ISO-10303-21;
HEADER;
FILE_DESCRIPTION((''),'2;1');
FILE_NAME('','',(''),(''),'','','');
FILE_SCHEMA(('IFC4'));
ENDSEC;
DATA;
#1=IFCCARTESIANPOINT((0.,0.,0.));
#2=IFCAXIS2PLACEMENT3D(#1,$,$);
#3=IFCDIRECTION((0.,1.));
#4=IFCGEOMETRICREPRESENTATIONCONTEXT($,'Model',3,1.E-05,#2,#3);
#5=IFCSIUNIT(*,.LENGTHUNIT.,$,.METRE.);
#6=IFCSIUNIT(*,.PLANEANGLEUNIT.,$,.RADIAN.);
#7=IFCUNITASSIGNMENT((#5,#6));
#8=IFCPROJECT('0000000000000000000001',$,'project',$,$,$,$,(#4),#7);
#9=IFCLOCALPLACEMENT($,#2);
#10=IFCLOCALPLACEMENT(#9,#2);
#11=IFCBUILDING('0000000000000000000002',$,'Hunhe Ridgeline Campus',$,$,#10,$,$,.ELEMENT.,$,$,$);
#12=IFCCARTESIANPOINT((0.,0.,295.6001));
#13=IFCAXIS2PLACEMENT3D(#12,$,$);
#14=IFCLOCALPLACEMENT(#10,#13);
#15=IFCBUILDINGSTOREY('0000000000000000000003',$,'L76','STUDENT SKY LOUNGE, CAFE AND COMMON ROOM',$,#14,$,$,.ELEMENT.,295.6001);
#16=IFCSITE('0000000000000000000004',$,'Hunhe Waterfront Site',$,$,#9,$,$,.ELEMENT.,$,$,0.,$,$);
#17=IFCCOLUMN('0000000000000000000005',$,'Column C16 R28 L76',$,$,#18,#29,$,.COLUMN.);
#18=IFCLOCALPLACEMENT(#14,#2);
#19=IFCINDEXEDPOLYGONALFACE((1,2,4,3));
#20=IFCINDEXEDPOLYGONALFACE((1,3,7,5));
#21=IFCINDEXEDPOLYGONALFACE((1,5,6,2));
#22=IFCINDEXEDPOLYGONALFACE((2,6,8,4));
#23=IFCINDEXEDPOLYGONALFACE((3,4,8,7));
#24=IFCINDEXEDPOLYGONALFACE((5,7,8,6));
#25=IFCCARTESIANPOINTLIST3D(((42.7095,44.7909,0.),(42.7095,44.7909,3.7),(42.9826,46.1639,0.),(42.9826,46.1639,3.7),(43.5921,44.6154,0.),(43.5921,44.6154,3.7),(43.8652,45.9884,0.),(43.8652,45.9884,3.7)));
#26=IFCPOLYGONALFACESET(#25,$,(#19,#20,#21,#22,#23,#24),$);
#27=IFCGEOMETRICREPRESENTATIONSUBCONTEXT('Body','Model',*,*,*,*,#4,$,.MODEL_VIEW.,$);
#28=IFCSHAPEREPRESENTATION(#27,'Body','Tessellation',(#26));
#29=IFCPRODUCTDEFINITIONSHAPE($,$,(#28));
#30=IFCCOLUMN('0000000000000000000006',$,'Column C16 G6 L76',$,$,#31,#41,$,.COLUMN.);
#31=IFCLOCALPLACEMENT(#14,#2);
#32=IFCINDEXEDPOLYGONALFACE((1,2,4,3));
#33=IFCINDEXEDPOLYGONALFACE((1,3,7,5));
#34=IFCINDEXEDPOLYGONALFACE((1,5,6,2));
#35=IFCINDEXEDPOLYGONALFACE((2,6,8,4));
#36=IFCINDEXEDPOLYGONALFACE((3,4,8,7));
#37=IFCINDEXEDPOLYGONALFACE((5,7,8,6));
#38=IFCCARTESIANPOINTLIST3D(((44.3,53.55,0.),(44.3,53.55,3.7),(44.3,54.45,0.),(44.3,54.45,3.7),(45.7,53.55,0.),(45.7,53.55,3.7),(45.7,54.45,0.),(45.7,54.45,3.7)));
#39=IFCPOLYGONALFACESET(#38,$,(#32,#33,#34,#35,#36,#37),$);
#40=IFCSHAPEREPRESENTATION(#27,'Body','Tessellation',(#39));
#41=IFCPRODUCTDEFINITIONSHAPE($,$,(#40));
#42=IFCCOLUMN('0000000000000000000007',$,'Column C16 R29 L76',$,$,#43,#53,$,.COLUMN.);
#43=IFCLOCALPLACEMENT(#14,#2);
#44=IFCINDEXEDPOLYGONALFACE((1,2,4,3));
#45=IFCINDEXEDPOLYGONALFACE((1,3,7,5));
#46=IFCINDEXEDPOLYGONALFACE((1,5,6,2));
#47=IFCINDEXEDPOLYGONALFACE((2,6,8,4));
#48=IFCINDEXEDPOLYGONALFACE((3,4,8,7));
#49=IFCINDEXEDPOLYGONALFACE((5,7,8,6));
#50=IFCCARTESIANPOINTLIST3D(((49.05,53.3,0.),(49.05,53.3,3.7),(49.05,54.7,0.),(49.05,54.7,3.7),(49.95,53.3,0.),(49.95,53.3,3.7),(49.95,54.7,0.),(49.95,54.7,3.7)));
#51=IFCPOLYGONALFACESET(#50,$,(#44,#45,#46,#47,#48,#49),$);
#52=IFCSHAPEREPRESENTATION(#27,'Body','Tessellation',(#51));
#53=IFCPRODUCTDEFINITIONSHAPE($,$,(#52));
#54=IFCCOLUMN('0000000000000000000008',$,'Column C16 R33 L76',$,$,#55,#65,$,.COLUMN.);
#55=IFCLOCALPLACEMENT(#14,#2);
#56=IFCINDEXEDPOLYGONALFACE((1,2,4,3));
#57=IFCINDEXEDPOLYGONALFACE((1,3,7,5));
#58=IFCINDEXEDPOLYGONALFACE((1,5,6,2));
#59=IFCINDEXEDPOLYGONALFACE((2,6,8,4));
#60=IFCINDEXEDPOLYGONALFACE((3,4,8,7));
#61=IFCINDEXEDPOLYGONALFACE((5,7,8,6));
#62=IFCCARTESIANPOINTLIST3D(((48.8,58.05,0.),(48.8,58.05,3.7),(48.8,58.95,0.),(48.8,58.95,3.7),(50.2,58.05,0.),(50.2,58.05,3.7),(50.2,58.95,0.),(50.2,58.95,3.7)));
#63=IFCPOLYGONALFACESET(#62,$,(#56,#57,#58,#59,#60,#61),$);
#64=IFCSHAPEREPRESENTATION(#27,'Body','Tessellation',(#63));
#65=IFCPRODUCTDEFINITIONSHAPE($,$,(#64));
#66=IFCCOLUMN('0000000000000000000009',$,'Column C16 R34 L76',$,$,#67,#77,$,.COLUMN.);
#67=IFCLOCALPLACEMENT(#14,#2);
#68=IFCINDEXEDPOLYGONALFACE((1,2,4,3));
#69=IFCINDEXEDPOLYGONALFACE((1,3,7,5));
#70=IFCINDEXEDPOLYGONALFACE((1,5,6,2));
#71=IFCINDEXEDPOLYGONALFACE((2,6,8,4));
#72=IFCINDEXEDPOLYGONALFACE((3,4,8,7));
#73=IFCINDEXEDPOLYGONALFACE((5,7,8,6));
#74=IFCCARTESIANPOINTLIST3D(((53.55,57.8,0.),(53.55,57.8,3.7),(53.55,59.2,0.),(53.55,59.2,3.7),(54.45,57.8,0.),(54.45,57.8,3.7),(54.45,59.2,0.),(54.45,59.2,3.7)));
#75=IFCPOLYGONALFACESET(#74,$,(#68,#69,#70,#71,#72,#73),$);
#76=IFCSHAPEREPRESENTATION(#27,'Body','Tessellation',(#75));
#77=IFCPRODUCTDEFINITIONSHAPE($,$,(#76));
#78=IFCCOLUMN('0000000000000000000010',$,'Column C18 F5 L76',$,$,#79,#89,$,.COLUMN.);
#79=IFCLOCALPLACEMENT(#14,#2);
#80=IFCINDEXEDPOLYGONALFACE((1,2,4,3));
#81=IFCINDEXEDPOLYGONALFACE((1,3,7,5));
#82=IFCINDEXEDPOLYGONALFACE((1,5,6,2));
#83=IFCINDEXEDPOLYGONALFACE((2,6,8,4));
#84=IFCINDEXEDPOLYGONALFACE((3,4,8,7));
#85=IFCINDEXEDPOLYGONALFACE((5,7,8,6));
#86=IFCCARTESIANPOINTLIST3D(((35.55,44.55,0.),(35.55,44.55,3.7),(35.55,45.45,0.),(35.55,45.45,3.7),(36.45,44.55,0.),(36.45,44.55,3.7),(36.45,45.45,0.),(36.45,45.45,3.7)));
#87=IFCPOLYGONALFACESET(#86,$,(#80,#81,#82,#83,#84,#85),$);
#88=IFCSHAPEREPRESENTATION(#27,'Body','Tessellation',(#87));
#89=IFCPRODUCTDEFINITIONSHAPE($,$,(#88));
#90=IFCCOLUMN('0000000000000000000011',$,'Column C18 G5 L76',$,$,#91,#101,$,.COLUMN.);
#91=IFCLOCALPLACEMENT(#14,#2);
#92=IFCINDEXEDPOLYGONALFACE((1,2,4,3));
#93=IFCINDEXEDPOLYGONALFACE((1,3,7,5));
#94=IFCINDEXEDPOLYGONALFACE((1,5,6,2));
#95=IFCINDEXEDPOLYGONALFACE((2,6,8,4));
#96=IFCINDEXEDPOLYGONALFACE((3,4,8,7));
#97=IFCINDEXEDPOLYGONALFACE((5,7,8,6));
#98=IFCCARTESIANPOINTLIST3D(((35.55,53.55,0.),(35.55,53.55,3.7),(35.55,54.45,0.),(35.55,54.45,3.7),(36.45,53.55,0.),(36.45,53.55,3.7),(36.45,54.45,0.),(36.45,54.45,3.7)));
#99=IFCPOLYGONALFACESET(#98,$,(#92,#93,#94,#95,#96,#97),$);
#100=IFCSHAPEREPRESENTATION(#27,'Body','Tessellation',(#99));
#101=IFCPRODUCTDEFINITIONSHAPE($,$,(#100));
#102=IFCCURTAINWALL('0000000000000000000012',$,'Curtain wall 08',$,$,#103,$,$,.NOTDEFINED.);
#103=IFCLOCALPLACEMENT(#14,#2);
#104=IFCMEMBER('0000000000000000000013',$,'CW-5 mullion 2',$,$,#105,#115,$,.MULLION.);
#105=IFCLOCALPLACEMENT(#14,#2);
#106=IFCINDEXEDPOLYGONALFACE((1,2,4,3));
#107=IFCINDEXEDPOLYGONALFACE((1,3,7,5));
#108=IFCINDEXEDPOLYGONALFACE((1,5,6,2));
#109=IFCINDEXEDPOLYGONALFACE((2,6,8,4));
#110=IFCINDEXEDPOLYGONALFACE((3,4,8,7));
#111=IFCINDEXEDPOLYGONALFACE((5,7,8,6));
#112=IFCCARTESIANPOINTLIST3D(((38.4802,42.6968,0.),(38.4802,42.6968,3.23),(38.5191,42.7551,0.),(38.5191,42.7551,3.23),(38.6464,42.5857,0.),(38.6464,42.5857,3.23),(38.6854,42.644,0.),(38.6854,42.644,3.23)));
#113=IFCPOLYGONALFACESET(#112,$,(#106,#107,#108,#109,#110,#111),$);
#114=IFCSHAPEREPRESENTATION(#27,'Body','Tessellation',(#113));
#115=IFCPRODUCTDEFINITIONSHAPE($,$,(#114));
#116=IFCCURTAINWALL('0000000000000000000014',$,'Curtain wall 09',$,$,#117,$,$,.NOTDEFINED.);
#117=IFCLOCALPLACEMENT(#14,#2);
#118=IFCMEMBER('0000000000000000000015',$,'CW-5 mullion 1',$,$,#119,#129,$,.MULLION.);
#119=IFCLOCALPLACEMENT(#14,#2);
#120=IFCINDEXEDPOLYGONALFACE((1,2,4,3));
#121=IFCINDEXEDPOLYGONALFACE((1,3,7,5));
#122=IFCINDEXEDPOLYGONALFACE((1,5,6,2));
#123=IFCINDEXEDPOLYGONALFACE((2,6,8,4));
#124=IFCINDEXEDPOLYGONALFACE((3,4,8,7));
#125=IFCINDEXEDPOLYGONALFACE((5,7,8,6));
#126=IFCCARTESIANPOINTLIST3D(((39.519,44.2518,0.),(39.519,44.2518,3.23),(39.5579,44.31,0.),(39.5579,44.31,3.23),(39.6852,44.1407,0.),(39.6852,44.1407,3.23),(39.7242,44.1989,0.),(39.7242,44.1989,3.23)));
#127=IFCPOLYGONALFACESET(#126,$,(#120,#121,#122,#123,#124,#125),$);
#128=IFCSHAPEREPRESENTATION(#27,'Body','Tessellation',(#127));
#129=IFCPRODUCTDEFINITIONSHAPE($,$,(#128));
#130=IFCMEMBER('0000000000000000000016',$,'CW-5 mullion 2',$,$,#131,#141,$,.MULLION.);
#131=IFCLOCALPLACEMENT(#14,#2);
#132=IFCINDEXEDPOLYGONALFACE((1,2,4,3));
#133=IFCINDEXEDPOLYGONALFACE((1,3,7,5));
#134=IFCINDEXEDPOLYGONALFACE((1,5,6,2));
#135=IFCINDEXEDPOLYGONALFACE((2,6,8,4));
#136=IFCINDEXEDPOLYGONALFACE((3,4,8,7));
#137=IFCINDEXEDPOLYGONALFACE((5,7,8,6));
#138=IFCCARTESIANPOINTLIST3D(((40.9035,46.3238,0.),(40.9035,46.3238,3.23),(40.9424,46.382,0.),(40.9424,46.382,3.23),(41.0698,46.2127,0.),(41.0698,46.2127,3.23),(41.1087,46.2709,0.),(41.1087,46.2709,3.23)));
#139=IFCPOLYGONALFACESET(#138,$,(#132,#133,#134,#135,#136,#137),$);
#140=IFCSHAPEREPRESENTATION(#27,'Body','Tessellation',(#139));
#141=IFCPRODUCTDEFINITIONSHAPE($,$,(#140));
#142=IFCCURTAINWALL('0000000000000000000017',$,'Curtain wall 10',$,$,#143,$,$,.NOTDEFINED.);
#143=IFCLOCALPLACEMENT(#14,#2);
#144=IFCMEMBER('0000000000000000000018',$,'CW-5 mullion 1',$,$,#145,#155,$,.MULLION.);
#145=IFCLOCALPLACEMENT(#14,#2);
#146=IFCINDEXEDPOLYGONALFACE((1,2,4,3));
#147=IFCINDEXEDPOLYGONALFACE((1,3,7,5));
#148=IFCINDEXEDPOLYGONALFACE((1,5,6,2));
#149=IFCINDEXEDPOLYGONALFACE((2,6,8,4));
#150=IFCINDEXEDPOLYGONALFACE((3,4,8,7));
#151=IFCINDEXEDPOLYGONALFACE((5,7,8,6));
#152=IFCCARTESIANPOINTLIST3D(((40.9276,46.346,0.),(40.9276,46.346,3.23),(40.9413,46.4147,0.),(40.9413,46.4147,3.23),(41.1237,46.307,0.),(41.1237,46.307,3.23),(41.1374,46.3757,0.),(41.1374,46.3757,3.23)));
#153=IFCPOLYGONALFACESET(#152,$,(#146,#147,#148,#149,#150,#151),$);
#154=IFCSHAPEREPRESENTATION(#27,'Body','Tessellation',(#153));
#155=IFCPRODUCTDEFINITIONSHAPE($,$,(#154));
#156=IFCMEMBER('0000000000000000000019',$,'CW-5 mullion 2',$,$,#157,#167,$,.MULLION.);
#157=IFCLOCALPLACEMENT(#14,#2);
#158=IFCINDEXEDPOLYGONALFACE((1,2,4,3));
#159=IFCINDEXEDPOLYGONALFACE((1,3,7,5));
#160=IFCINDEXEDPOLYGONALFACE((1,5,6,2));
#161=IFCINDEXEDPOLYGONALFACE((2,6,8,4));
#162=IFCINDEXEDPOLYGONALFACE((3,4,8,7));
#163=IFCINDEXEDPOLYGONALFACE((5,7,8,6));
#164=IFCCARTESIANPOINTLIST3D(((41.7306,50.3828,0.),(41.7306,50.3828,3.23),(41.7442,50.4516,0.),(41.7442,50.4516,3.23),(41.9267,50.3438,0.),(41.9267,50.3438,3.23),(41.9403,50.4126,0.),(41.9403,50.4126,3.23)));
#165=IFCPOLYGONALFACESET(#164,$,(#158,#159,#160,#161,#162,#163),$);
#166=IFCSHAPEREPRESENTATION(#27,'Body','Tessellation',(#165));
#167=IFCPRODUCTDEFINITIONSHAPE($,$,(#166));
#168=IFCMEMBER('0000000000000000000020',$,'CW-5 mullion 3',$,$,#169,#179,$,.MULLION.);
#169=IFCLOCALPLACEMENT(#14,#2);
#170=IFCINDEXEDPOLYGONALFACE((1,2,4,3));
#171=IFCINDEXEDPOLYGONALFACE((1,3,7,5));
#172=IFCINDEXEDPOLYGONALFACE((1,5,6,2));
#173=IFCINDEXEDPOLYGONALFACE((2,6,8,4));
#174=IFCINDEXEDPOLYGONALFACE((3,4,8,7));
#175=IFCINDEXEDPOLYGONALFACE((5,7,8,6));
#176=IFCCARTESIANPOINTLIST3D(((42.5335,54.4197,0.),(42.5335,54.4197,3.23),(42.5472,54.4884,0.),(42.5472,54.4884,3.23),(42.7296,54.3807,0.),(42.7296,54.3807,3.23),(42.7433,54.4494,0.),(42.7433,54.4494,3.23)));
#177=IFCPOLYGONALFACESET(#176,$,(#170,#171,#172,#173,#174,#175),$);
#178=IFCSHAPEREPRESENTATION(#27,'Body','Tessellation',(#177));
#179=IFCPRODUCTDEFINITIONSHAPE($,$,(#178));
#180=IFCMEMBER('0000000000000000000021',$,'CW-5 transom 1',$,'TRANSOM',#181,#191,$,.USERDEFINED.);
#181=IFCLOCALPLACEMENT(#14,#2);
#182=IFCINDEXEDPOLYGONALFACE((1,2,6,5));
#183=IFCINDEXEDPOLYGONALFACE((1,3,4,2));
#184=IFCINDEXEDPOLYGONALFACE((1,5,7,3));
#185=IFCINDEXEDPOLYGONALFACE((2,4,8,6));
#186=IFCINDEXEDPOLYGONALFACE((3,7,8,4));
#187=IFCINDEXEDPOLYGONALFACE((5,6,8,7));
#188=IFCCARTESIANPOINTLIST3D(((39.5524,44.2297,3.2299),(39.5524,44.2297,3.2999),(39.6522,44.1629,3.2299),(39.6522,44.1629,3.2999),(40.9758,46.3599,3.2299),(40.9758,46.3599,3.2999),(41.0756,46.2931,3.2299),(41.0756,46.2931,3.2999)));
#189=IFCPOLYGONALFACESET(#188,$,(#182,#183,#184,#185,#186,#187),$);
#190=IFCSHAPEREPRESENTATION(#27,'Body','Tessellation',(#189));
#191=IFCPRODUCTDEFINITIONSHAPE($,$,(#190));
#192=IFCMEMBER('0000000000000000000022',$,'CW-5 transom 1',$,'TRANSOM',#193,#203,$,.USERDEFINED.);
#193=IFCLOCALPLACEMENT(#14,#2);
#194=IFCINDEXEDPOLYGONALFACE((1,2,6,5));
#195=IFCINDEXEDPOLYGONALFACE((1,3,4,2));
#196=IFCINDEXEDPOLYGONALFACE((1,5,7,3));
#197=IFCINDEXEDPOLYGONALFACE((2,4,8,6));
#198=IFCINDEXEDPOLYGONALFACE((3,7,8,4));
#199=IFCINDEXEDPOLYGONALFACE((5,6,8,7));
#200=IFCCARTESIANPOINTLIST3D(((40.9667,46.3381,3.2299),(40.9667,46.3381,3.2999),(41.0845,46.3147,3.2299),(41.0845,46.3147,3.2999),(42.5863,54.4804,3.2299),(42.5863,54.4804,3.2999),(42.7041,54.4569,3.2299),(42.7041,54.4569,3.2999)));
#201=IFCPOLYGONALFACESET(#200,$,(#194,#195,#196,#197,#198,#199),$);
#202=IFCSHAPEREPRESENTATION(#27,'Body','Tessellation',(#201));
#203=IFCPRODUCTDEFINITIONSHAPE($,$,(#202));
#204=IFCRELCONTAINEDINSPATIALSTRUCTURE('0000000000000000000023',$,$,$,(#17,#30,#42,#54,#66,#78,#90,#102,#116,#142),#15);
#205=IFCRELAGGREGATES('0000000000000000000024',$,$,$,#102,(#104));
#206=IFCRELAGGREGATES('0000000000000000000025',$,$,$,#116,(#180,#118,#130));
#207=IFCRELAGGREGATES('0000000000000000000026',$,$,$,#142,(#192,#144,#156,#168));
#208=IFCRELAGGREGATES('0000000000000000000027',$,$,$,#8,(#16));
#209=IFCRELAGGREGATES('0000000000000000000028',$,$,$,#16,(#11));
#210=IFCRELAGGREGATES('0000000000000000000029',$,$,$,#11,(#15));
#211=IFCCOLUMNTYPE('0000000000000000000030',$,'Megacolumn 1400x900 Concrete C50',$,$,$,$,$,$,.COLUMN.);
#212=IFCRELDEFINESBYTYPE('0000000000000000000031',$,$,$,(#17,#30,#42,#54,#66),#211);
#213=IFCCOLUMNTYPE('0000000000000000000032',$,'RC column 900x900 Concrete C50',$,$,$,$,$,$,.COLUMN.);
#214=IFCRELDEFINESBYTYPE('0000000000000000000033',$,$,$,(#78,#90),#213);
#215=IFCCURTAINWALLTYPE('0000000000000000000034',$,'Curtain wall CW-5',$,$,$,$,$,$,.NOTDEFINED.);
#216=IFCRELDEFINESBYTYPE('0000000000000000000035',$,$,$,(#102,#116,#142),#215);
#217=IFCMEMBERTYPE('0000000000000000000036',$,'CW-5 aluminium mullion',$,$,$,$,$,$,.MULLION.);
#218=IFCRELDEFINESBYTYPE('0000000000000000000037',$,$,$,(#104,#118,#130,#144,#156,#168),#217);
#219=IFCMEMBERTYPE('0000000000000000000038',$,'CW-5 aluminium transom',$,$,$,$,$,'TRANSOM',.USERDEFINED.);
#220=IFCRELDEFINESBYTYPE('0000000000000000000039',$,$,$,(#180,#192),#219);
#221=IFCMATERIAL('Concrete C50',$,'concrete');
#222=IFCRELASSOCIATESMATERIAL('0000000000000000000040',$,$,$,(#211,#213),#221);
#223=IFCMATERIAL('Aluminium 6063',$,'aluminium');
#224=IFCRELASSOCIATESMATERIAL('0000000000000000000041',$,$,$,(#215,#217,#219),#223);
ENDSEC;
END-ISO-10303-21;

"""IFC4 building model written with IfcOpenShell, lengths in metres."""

from ifc_helpers import new_model, si_unit, direction, frame, origin, origin_2d, place, context, subcontext, project, spatial, rectangle, extrude, material, material_profile, profile_set, type_object, element, aggregate, save


model = new_model("IFC4")

# Units and contexts
model_context = context("Model", 3, precision=1e-05, world=origin(), true_north=direction((0.0, 1.0)))
body_context = subcontext(model_context, "Body", "Model", "MODEL_VIEW")
ifc_project = project(units=[si_unit("LENGTHUNIT", "METRE"), si_unit("PLANEANGLEUNIT", "RADIAN")], contexts=[model_context])

# Site, building, storey
site_placement = place(None, origin())
site = spatial("IfcSite", under=ifc_project, at=site_placement, Name="Hunhe Waterfront Site", CompositionType="ELEMENT", RefElevation=0.0)
building_placement = place(site_placement, origin())
building = spatial("IfcBuilding", under=site, at=building_placement, Name="Hunhe Ridgeline Campus", CompositionType="ELEMENT")
storey_placement = place(building_placement, frame((0.0, 0.0, 295.6001)))
storey = spatial("IfcBuildingStorey", under=building, at=storey_placement, Name="L76", Description="STUDENT SKY LOUNGE, CAFE AND COMMON ROOM", CompositionType="ELEMENT", Elevation=295.6001)

# Columns
ifc_material_1 = material(Name="Concrete C50", Category="concrete")
ifc_material_profile_1 = material_profile(ifc_material_1, rectangle(XDim=1.3999, YDim=0.8999, at=origin_2d()))
ifc_profile_set_1 = profile_set([ifc_material_profile_1], Name="Concrete C50")
column_type_1 = type_object("IfcColumnType", Name="Megacolumn 1400x900 Concrete C50", PredefinedType="COLUMN", material=ifc_profile_set_1)
for number, where, z_axis, x_axis, name in (
    (1, (43.2874, 45.3896, 0.0), (0.0, 0.0, 1.0), (0.19509, 0.980785, 0.0), "Column C16 R28 L76"),
    (2, (45.0, 54.0, 0.0), (0.0, 0.0, 1.0), (1.0, 0.0, 0.0), "Column C16 G6 L76"),
    (3, (49.5, 54.0, 0.0), (0.0, 0.0, 1.0), (0.0, 1.0, 0.0), "Column C16 R29 L76"),
    (4, (49.5, 58.5, 0.0), (0.0, 0.0, 1.0), (1.0, 0.0, 0.0), "Column C16 R33 L76"),
    (5, (54.0, 58.5, 0.0), (0.0, 0.0, 1.0), (0.0, 1.0, 0.0), "Column C16 R34 L76"),
):
    element("IfcColumn", number, at=place(storey_placement, frame(where, z_axis=z_axis, x_axis=x_axis)), inside=storey, type_object=column_type_1, Name=name, PredefinedType="COLUMN", context=body_context, shape_type="SweptSolid", body=[
        extrude(rectangle(XDim=1.3999, YDim=0.8999, at=origin_2d()), origin(), (0.0, 0.0, 1.0), 3.7),
    ])
ifc_material_profile_2 = material_profile(ifc_material_1, rectangle(XDim=0.8999, YDim=0.8999, at=origin_2d()))
ifc_profile_set_2 = profile_set([ifc_material_profile_2], Name="Concrete C50")
column_type_2 = type_object("IfcColumnType", Name="RC column 900x900 Concrete C50", PredefinedType="COLUMN", material=ifc_profile_set_2)
for number, where, z_axis, x_axis, name in (
    (6, (36.0, 45.0, 0.0), (0.0, 0.0, 1.0), (1.0, 0.0, 0.0), "Column C18 F5 L76"),
    (7, (36.0, 54.0, 0.0), (0.0, 0.0, 1.0), (1.0, 0.0, 0.0), "Column C18 G5 L76"),
):
    element("IfcColumn", number, at=place(storey_placement, frame(where, z_axis=z_axis, x_axis=x_axis)), inside=storey, type_object=column_type_2, Name=name, PredefinedType="COLUMN", context=body_context, shape_type="SweptSolid", body=[
        extrude(rectangle(XDim=0.8999, YDim=0.8999, at=origin_2d()), origin(), (0.0, 0.0, 1.0), 3.7),
    ])

# Curtain wall, member
ifc_material_2 = material(Name="Aluminium 6063", Category="aluminium")
curtain_wall_type = type_object("IfcCurtainWallType", Name="Curtain wall CW-5", PredefinedType="NOTDEFINED", material=ifc_material_2)
curtain_wall_1_placement = place(storey_placement, origin())
curtain_wall_1 = element("IfcCurtainWall", 8, at=curtain_wall_1_placement, inside=storey, type_object=curtain_wall_type, Name="Curtain wall 08", PredefinedType="NOTDEFINED")
ifc_material_profile_3 = material_profile(ifc_material_2, rectangle(XDim=0.2, YDim=0.0701, at=origin_2d()))
ifc_profile_set_3 = profile_set([ifc_material_profile_3], Name="Aluminium 6063")
member_type_1 = type_object("IfcMemberType", Name="CW-5 aluminium mullion", PredefinedType="MULLION", material=ifc_profile_set_3)
member_1_placement = place(storey_placement, frame((38.5828, 42.6704, 0.0), z_axis=(0.0, 0.0, 1.0), x_axis=(-0.83147, 0.55557, 0.0)))
member_1 = element("IfcMember", 9, at=member_1_placement, type_object=member_type_1, Name="CW-5 mullion 2", PredefinedType="MULLION", context=body_context, shape_type="SweptSolid", body=[
    extrude(rectangle(XDim=0.2, YDim=0.0701, at=origin_2d()), origin(), (0.0, 0.0, 1.0), 3.23),
])
aggregate(curtain_wall_1, [member_1])

# Curtain walls, members
curtain_wall_2_placement = place(storey_placement, origin())
curtain_wall_2 = element("IfcCurtainWall", 10, at=curtain_wall_2_placement, inside=storey, type_object=curtain_wall_type, Name="Curtain wall 09", PredefinedType="NOTDEFINED")
member_2_placement = place(storey_placement, frame((39.6216, 44.2253, 0.0), z_axis=(0.0, 0.0, 1.0), x_axis=(-0.83147, 0.55557, 0.0)))
member_2 = element("IfcMember", 11, at=member_2_placement, type_object=member_type_1, Name="CW-5 mullion 1", PredefinedType="MULLION", context=body_context, shape_type="SweptSolid", body=[
    extrude(rectangle(XDim=0.2, YDim=0.0701, at=origin_2d()), origin(), (0.0, 0.0, 1.0), 3.23),
])
member_3_placement = place(storey_placement, frame((41.0061, 46.2974, 0.0), z_axis=(0.0, 0.0, 1.0), x_axis=(-0.83147, 0.55557, 0.0)))
member_3 = element("IfcMember", 12, at=member_3_placement, type_object=member_type_1, Name="CW-5 mullion 2", PredefinedType="MULLION", context=body_context, shape_type="SweptSolid", body=[
    extrude(rectangle(XDim=0.2, YDim=0.0701, at=origin_2d()), origin(), (0.0, 0.0, 1.0), 3.23),
])
curtain_wall_3_placement = place(storey_placement, origin())
curtain_wall_3 = element("IfcCurtainWall", 13, at=curtain_wall_3_placement, inside=storey, type_object=curtain_wall_type, Name="Curtain wall 10", PredefinedType="NOTDEFINED")
member_4_placement = place(storey_placement, frame((41.0325, 46.3608, 0.0), z_axis=(0.0, 0.0, 1.0), x_axis=(-0.980783, 0.195104, 0.0)))
member_4 = element("IfcMember", 14, at=member_4_placement, type_object=member_type_1, Name="CW-5 mullion 1", PredefinedType="MULLION", context=body_context, shape_type="SweptSolid", body=[
    extrude(rectangle(XDim=0.2, YDim=0.0701, at=origin_2d()), origin(), (0.0, 0.0, 1.0), 3.23),
])
member_5_placement = place(storey_placement, frame((41.8354, 50.3977, 0.0), z_axis=(0.0, 0.0, 1.0), x_axis=(-0.980783, 0.195104, 0.0)))
member_5 = element("IfcMember", 15, at=member_5_placement, type_object=member_type_1, Name="CW-5 mullion 2", PredefinedType="MULLION", context=body_context, shape_type="SweptSolid", body=[
    extrude(rectangle(XDim=0.2, YDim=0.0701, at=origin_2d()), origin(), (0.0, 0.0, 1.0), 3.23),
])
member_6_placement = place(storey_placement, frame((42.6384, 54.4346, 0.0), z_axis=(0.0, 0.0, 1.0), x_axis=(-0.980783, 0.195104, 0.0)))
member_6 = element("IfcMember", 16, at=member_6_placement, type_object=member_type_1, Name="CW-5 mullion 3", PredefinedType="MULLION", context=body_context, shape_type="SweptSolid", body=[
    extrude(rectangle(XDim=0.2, YDim=0.0701, at=origin_2d()), origin(), (0.0, 0.0, 1.0), 3.23),
])

# Members
ifc_material_profile_4 = material_profile(ifc_material_2, rectangle(XDim=0.1201, YDim=0.0701, at=origin_2d()))
ifc_profile_set_4 = profile_set([ifc_material_profile_4], Name="Aluminium 6063")
member_type_2 = type_object("IfcMemberType", Name="CW-5 aluminium transom", ElementType="TRANSOM", PredefinedType="USERDEFINED", material=ifc_profile_set_4)
member_7_placement = place(storey_placement, frame((39.6023, 44.1963, 3.2649), z_axis=(0.55558, 0.831463, 0.0), x_axis=(-0.831463, 0.55558, 0.0)))
member_7 = element("IfcMember", 17, at=member_7_placement, type_object=member_type_2, Name="CW-5 transom 1", ObjectType="TRANSOM", PredefinedType="USERDEFINED", context=body_context, shape_type="SweptSolid", body=[
    extrude(rectangle(XDim=0.1201, YDim=0.0701, at=origin_2d()), origin(), (0.0, 0.0, 1.0), 2.562),
])
member_8_placement = place(storey_placement, frame((41.0256, 46.3264, 3.2649), z_axis=(0.195092, 0.980785, 0.0), x_axis=(-0.980785, 0.195092, 0.0)))
member_8 = element("IfcMember", 18, at=member_8_placement, type_object=member_type_2, Name="CW-5 transom 1", ObjectType="TRANSOM", PredefinedType="USERDEFINED", context=body_context, shape_type="SweptSolid", body=[
    extrude(rectangle(XDim=0.1201, YDim=0.0701, at=origin_2d()), origin(), (0.0, 0.0, 1.0), 8.3018),
])

aggregate(curtain_wall_2, [member_7, member_2, member_3])
aggregate(curtain_wall_3, [member_8, member_4, member_5, member_6])

save(model, "model.ifc")
